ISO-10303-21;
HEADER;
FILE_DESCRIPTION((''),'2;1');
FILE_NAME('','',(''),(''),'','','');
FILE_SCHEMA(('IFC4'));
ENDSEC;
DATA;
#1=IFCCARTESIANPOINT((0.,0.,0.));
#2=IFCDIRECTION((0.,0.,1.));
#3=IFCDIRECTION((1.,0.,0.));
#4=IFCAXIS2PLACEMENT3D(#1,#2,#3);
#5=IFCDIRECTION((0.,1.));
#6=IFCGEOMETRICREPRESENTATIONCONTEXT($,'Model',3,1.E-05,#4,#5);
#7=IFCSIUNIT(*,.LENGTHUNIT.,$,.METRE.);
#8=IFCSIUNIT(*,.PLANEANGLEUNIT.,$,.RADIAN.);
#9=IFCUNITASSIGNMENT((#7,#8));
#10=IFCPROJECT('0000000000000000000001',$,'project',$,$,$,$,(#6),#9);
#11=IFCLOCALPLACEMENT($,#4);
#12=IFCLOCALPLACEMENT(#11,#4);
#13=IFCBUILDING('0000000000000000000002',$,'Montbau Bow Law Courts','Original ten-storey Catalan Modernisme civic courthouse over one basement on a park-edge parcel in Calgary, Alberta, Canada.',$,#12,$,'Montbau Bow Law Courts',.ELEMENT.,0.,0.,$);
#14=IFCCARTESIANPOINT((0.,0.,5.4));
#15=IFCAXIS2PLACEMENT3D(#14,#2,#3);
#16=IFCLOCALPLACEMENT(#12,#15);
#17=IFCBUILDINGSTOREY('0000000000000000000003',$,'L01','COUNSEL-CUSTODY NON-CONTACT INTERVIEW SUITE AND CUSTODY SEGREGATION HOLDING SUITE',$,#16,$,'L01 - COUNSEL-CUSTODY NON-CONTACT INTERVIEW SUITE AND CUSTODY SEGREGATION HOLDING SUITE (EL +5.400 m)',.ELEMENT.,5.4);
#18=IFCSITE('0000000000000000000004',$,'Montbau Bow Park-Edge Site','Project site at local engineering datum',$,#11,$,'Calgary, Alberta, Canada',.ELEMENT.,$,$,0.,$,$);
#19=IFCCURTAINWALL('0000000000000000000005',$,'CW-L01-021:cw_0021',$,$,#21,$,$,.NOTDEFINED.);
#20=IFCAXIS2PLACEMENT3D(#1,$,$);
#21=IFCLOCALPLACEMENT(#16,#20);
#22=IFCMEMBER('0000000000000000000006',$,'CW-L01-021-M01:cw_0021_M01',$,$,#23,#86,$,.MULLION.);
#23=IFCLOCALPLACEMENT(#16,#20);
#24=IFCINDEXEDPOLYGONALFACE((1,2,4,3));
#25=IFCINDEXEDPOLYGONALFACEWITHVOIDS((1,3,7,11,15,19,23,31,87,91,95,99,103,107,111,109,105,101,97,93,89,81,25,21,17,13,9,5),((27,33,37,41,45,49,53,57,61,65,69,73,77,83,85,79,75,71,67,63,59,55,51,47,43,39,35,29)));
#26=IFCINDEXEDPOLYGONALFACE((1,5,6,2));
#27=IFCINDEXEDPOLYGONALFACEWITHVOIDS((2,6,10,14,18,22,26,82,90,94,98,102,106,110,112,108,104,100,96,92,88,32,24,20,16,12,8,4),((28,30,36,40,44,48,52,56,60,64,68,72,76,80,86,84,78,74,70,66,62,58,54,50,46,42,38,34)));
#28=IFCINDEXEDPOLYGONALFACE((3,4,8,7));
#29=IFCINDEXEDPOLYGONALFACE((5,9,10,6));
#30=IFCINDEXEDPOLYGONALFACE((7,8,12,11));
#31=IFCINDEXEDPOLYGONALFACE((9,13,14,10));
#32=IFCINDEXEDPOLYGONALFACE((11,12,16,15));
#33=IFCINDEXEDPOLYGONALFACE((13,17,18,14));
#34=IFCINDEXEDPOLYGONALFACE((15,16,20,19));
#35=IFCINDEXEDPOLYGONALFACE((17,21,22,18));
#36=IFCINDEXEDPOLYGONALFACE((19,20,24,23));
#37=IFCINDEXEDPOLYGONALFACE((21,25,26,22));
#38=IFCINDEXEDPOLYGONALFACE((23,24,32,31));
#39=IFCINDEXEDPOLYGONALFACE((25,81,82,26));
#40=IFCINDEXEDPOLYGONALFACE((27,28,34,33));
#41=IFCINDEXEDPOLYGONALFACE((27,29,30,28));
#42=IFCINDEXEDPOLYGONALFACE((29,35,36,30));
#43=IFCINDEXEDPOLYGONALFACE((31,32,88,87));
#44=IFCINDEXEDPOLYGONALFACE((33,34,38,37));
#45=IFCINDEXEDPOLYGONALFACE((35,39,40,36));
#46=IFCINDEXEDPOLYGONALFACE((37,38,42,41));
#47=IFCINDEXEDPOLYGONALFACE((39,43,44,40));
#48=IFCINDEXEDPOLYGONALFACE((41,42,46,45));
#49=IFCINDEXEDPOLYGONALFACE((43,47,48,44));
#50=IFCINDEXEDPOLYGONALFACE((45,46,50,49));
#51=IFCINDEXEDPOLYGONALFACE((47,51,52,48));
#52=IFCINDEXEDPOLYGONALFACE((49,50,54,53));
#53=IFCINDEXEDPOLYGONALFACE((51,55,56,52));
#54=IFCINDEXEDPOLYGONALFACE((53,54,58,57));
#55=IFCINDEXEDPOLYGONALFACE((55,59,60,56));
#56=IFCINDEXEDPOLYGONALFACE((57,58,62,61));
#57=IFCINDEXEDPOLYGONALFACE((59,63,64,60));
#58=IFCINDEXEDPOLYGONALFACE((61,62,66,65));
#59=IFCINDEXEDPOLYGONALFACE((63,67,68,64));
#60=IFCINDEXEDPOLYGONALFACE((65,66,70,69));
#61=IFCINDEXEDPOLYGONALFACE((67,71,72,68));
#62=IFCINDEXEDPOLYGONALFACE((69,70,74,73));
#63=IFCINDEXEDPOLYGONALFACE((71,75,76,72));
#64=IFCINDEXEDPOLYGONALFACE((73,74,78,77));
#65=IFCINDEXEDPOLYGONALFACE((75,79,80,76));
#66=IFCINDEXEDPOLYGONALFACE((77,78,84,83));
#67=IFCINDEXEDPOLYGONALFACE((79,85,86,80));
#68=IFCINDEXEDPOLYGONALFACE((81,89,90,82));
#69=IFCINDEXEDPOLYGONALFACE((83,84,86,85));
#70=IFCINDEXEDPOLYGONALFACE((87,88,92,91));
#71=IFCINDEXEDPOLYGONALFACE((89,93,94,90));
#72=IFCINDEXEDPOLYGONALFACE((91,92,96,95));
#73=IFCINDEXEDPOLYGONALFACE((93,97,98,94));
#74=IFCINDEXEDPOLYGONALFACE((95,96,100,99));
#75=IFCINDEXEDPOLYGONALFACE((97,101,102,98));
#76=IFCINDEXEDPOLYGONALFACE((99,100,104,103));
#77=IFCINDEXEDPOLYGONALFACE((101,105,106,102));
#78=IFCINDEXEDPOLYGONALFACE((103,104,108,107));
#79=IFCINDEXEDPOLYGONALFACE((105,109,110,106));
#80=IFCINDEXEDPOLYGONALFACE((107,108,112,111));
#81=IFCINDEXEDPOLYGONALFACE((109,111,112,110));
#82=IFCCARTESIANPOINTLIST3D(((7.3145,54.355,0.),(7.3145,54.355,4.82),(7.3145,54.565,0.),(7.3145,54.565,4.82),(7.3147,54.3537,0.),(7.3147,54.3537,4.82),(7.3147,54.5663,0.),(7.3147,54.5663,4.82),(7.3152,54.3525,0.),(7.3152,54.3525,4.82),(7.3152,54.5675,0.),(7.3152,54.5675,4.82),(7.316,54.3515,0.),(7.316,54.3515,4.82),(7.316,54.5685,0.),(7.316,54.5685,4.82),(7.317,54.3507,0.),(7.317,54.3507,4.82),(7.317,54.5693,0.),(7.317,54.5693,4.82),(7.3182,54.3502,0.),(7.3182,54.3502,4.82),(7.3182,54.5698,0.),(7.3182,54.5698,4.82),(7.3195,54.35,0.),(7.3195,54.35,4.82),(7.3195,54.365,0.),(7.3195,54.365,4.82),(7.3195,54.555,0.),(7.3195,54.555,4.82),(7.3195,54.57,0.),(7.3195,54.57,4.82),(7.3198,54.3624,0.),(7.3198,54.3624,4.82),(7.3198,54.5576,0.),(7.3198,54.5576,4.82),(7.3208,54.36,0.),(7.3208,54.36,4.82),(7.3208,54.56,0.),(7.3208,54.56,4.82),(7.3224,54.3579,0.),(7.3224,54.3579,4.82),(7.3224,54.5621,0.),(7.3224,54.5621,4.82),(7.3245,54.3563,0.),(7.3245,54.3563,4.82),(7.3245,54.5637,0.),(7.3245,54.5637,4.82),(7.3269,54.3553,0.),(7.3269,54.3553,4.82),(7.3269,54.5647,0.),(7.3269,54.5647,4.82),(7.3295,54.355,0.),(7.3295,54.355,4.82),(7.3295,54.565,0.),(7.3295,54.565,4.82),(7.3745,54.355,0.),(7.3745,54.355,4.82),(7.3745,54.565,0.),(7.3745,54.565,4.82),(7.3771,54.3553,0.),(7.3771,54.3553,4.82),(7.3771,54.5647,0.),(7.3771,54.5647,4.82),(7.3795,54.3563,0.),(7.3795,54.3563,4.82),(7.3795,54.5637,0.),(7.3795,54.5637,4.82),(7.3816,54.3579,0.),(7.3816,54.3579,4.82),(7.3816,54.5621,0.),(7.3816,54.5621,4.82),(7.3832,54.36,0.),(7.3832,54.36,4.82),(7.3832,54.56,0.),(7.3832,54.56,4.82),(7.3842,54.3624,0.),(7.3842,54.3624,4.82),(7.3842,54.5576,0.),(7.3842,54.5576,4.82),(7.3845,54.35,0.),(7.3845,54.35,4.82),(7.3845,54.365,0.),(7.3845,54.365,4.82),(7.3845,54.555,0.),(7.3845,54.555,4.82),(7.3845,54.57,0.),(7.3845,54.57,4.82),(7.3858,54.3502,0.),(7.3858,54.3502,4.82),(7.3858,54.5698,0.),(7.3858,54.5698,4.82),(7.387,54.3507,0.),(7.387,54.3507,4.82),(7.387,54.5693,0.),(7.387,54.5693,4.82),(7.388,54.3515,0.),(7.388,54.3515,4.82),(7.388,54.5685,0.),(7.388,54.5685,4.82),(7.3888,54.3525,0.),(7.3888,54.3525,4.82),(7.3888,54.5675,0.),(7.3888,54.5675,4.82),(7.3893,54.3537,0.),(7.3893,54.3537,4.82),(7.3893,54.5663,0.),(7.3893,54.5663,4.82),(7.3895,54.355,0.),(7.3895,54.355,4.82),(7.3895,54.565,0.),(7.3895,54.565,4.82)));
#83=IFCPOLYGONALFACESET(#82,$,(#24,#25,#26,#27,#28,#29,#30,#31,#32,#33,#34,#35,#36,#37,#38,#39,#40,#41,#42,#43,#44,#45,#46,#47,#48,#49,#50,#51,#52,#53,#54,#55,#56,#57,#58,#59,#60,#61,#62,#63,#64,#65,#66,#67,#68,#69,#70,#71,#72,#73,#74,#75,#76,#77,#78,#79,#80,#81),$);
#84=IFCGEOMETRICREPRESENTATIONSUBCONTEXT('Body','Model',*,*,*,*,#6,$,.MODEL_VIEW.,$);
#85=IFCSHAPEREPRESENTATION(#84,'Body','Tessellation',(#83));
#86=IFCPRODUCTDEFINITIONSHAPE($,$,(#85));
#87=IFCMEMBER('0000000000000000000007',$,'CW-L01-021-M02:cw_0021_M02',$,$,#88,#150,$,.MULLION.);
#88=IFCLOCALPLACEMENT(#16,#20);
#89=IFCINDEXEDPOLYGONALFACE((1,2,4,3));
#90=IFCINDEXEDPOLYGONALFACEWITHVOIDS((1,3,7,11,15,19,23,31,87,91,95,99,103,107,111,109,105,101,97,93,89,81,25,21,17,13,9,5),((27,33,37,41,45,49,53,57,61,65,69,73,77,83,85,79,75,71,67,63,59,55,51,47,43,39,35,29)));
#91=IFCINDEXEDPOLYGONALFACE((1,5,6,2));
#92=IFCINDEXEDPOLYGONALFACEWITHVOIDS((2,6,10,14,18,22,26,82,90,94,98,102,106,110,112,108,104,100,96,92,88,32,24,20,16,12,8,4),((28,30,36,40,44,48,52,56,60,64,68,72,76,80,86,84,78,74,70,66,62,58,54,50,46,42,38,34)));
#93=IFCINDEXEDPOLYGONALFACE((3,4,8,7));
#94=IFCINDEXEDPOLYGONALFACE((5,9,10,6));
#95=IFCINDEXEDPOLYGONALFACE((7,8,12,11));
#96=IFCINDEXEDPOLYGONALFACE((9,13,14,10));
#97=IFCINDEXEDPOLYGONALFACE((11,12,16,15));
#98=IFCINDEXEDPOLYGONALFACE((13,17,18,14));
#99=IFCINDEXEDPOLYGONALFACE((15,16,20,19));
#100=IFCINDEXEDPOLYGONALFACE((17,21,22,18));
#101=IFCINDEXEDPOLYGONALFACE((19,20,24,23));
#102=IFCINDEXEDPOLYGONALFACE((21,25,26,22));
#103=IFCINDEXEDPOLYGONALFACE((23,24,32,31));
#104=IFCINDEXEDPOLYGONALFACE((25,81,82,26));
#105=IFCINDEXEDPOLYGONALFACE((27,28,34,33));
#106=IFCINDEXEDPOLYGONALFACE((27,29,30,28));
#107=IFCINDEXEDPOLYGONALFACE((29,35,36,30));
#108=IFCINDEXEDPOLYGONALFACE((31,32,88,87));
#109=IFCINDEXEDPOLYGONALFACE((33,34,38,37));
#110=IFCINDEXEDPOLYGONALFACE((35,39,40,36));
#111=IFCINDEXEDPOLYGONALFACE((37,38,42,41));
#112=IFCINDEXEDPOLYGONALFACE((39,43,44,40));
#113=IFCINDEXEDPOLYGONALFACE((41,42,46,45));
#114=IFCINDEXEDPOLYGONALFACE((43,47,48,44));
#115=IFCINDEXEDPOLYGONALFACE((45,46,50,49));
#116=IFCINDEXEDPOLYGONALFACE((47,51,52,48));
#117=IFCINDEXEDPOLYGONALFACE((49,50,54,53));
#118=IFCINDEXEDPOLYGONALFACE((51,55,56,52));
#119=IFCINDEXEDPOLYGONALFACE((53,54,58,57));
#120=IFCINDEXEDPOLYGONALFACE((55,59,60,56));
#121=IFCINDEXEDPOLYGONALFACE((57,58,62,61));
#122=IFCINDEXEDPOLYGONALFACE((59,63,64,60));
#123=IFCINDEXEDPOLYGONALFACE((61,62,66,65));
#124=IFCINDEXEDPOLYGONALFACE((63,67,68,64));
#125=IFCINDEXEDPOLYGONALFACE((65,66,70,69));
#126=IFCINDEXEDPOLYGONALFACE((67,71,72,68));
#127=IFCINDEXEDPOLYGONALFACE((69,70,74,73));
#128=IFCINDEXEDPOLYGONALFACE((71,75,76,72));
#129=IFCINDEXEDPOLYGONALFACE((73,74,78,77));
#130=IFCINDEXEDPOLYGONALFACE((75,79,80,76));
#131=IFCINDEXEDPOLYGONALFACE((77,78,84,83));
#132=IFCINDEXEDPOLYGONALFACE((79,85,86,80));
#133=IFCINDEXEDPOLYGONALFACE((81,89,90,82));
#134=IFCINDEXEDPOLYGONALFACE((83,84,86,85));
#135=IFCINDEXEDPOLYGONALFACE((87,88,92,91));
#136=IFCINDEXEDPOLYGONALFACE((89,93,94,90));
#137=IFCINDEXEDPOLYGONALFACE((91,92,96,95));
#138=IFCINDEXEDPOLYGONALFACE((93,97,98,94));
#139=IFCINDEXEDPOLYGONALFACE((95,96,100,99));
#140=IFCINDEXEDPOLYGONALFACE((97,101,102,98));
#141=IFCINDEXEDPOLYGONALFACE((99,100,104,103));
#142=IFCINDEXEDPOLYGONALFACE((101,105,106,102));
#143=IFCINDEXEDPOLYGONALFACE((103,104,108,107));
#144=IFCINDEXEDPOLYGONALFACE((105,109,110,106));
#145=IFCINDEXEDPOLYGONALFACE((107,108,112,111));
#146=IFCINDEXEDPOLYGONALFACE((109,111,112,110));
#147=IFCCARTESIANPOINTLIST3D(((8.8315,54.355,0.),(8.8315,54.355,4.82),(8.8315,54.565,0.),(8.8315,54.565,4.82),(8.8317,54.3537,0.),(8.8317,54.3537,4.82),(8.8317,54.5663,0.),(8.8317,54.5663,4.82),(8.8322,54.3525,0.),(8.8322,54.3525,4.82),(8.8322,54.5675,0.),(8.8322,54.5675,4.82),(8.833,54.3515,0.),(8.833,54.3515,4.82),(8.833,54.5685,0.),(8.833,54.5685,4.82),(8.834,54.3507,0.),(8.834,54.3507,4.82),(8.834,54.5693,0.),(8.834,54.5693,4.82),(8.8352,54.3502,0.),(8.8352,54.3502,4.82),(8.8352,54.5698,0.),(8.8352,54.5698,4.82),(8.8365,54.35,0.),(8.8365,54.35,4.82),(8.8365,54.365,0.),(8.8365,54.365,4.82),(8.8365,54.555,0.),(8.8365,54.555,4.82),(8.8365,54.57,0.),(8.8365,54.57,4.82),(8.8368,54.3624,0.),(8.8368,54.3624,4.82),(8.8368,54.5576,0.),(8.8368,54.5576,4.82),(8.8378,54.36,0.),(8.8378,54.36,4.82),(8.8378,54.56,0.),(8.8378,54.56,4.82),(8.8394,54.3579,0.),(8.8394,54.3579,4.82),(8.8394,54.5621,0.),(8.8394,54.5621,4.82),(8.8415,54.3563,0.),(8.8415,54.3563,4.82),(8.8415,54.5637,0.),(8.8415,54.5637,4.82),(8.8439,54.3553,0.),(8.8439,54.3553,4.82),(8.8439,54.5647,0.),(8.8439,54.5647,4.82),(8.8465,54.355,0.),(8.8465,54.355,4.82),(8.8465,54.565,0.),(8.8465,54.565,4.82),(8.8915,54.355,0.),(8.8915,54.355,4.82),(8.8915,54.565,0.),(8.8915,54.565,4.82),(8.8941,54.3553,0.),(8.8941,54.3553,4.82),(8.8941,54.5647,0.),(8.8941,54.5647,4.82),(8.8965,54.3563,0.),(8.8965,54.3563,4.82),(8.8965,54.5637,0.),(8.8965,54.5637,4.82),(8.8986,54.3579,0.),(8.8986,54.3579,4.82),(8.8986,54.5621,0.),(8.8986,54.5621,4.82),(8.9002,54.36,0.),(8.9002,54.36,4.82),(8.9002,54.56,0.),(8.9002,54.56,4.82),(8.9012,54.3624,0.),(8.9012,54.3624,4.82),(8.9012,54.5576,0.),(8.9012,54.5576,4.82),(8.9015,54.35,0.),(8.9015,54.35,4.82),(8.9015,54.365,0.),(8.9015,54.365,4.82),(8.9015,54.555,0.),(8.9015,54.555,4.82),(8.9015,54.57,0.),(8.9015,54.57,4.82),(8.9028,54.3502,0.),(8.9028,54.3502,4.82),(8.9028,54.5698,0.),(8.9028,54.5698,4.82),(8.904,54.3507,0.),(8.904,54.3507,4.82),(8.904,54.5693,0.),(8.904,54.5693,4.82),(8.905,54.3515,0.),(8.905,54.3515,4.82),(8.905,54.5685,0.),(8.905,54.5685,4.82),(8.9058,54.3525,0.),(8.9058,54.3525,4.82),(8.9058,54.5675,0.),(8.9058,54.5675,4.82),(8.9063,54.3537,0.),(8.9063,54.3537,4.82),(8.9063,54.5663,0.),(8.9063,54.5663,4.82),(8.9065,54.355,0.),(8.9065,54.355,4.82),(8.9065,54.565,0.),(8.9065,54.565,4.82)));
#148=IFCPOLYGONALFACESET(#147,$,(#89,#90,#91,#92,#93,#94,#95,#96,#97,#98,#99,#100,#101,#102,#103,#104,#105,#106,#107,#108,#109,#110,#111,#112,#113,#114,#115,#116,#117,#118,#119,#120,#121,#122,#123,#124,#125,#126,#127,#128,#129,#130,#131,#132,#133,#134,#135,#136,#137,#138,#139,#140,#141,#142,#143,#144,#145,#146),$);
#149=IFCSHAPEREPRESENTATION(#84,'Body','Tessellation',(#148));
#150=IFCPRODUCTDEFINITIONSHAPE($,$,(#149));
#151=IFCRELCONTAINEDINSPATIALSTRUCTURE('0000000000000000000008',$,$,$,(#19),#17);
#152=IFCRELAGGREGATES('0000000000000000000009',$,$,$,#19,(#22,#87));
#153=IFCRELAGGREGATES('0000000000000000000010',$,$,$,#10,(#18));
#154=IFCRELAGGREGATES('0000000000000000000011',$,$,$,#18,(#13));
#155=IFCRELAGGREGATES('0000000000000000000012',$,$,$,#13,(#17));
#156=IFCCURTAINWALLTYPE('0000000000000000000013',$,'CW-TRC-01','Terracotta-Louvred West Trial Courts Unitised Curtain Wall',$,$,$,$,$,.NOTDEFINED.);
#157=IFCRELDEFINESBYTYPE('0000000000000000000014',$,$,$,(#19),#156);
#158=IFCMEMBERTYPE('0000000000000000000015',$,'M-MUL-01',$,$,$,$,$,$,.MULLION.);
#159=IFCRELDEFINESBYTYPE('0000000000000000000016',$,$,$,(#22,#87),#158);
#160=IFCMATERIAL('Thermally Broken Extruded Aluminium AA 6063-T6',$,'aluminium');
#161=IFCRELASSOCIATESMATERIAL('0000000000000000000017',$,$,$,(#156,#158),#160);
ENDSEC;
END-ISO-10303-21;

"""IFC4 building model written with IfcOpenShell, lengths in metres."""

from ifc_helpers import new_model, si_unit, direction, frame, origin_with_axes, origin_2d_with_axis, place, context, subcontext, project, spatial, hollow_rectangle, extrude, material, material_profile, profile_set, type_object, element, aggregate, save


model = new_model("IFC4")

# Units and contexts
model_context = context("Model", 3, precision=1e-05, world=origin_with_axes(), true_north=direction((0.0, 1.0)))
body_context = subcontext(model_context, "Body", "Model", "MODEL_VIEW")
ifc_project = project(units=[si_unit("LENGTHUNIT", "METRE"), si_unit("PLANEANGLEUNIT", "RADIAN")], contexts=[model_context])

# Site, building, storey
site_placement = place(None, origin_with_axes())
site = spatial("IfcSite", under=ifc_project, at=site_placement, Name="Montbau Bow Park-Edge Site", Description="Project site at local engineering datum", LongName="Calgary, Alberta, Canada", CompositionType="ELEMENT", RefElevation=0.0)
building_placement = place(site_placement, origin_with_axes())
building = spatial("IfcBuilding", under=site, at=building_placement, Name="Montbau Bow Law Courts", Description="Original ten-storey Catalan Modernisme civic courthouse over one basement on a park-edge parcel in Calgary, Alberta, Canada.", LongName="Montbau Bow Law Courts", CompositionType="ELEMENT", ElevationOfRefHeight=0.0, ElevationOfTerrain=0.0)
storey_placement = place(building_placement, frame((0.0, 0.0, 5.4), z_axis=(0.0, 0.0, 1.0), x_axis=(1.0, 0.0, 0.0)))
storey = spatial("IfcBuildingStorey", under=building, at=storey_placement, Name="L01", Description="COUNSEL-CUSTODY NON-CONTACT INTERVIEW SUITE AND CUSTODY SEGREGATION HOLDING SUITE", LongName="L01 - COUNSEL-CUSTODY NON-CONTACT INTERVIEW SUITE AND CUSTODY SEGREGATION HOLDING SUITE (EL +5.400 m)", CompositionType="ELEMENT", Elevation=5.4)

# Curtain wall, members
ifc_material_1 = material(Name="Thermally Broken Extruded Aluminium AA 6063-T6", Category="aluminium")
curtain_wall_type = type_object("IfcCurtainWallType", Name="CW-TRC-01", Description="Terracotta-Louvred West Trial Courts Unitised Curtain Wall", PredefinedType="NOTDEFINED", material=ifc_material_1)
curtain_wall_1_placement = place(None, frame((7.315, 54.46, 5.4), z_axis=(0.0, 0.0, 1.0), x_axis=(1.0, 0.0, 0.0)))
curtain_wall_1 = element("IfcCurtainWall", 1, at=curtain_wall_1_placement, inside=storey, type_object=curtain_wall_type, Name="CW-L01-021:cw_0021", PredefinedType="NOTDEFINED")
ifc_material_profile_1 = material_profile(ifc_material_1, hollow_rectangle(XDim=0.075, YDim=0.22, WallThickness=0.005, InnerFilletRadius=0.01, OuterFilletRadius=0.005, at=origin_2d_with_axis()), Name="CWM-220X75", Category="Main", Priority=0)
ifc_profile_set_1 = profile_set([ifc_material_profile_1], Name="Thermally Broken Extruded Aluminium AA 6063-T6")
member_type_1 = type_object("IfcMemberType", Name="M-MUL-01", PredefinedType="MULLION", material=ifc_profile_set_1)
member_1_placement = place(None, frame((7.352, 54.46, 5.4), z_axis=(0.0, 0.0, 1.0), x_axis=(1.0, 0.0, 0.0)))
member_1 = element("IfcMember", 2, at=member_1_placement, type_object=member_type_1, Name="CW-L01-021-M01:cw_0021_M01", PredefinedType="MULLION", context=body_context, shape_type="SweptSolid", body=[
    extrude(hollow_rectangle(XDim=0.075, YDim=0.22, WallThickness=0.005, InnerFilletRadius=0.01, OuterFilletRadius=0.005, at=origin_2d_with_axis()), origin_with_axes(), (0.0, 0.0, 1.0), 4.82),
])
member_2_placement = place(None, frame((8.869, 54.46, 5.4), z_axis=(0.0, 0.0, 1.0), x_axis=(1.0, 0.0, 0.0)))
member_2 = element("IfcMember", 3, at=member_2_placement, type_object=member_type_1, Name="CW-L01-021-M02:cw_0021_M02", PredefinedType="MULLION", context=body_context, shape_type="SweptSolid", body=[
    extrude(hollow_rectangle(XDim=0.075, YDim=0.22, WallThickness=0.005, InnerFilletRadius=0.01, OuterFilletRadius=0.005, at=origin_2d_with_axis()), origin_with_axes(), (0.0, 0.0, 1.0), 4.82),
])

aggregate(curtain_wall_1, [member_1, member_2])

save(model, "model.ifc")
